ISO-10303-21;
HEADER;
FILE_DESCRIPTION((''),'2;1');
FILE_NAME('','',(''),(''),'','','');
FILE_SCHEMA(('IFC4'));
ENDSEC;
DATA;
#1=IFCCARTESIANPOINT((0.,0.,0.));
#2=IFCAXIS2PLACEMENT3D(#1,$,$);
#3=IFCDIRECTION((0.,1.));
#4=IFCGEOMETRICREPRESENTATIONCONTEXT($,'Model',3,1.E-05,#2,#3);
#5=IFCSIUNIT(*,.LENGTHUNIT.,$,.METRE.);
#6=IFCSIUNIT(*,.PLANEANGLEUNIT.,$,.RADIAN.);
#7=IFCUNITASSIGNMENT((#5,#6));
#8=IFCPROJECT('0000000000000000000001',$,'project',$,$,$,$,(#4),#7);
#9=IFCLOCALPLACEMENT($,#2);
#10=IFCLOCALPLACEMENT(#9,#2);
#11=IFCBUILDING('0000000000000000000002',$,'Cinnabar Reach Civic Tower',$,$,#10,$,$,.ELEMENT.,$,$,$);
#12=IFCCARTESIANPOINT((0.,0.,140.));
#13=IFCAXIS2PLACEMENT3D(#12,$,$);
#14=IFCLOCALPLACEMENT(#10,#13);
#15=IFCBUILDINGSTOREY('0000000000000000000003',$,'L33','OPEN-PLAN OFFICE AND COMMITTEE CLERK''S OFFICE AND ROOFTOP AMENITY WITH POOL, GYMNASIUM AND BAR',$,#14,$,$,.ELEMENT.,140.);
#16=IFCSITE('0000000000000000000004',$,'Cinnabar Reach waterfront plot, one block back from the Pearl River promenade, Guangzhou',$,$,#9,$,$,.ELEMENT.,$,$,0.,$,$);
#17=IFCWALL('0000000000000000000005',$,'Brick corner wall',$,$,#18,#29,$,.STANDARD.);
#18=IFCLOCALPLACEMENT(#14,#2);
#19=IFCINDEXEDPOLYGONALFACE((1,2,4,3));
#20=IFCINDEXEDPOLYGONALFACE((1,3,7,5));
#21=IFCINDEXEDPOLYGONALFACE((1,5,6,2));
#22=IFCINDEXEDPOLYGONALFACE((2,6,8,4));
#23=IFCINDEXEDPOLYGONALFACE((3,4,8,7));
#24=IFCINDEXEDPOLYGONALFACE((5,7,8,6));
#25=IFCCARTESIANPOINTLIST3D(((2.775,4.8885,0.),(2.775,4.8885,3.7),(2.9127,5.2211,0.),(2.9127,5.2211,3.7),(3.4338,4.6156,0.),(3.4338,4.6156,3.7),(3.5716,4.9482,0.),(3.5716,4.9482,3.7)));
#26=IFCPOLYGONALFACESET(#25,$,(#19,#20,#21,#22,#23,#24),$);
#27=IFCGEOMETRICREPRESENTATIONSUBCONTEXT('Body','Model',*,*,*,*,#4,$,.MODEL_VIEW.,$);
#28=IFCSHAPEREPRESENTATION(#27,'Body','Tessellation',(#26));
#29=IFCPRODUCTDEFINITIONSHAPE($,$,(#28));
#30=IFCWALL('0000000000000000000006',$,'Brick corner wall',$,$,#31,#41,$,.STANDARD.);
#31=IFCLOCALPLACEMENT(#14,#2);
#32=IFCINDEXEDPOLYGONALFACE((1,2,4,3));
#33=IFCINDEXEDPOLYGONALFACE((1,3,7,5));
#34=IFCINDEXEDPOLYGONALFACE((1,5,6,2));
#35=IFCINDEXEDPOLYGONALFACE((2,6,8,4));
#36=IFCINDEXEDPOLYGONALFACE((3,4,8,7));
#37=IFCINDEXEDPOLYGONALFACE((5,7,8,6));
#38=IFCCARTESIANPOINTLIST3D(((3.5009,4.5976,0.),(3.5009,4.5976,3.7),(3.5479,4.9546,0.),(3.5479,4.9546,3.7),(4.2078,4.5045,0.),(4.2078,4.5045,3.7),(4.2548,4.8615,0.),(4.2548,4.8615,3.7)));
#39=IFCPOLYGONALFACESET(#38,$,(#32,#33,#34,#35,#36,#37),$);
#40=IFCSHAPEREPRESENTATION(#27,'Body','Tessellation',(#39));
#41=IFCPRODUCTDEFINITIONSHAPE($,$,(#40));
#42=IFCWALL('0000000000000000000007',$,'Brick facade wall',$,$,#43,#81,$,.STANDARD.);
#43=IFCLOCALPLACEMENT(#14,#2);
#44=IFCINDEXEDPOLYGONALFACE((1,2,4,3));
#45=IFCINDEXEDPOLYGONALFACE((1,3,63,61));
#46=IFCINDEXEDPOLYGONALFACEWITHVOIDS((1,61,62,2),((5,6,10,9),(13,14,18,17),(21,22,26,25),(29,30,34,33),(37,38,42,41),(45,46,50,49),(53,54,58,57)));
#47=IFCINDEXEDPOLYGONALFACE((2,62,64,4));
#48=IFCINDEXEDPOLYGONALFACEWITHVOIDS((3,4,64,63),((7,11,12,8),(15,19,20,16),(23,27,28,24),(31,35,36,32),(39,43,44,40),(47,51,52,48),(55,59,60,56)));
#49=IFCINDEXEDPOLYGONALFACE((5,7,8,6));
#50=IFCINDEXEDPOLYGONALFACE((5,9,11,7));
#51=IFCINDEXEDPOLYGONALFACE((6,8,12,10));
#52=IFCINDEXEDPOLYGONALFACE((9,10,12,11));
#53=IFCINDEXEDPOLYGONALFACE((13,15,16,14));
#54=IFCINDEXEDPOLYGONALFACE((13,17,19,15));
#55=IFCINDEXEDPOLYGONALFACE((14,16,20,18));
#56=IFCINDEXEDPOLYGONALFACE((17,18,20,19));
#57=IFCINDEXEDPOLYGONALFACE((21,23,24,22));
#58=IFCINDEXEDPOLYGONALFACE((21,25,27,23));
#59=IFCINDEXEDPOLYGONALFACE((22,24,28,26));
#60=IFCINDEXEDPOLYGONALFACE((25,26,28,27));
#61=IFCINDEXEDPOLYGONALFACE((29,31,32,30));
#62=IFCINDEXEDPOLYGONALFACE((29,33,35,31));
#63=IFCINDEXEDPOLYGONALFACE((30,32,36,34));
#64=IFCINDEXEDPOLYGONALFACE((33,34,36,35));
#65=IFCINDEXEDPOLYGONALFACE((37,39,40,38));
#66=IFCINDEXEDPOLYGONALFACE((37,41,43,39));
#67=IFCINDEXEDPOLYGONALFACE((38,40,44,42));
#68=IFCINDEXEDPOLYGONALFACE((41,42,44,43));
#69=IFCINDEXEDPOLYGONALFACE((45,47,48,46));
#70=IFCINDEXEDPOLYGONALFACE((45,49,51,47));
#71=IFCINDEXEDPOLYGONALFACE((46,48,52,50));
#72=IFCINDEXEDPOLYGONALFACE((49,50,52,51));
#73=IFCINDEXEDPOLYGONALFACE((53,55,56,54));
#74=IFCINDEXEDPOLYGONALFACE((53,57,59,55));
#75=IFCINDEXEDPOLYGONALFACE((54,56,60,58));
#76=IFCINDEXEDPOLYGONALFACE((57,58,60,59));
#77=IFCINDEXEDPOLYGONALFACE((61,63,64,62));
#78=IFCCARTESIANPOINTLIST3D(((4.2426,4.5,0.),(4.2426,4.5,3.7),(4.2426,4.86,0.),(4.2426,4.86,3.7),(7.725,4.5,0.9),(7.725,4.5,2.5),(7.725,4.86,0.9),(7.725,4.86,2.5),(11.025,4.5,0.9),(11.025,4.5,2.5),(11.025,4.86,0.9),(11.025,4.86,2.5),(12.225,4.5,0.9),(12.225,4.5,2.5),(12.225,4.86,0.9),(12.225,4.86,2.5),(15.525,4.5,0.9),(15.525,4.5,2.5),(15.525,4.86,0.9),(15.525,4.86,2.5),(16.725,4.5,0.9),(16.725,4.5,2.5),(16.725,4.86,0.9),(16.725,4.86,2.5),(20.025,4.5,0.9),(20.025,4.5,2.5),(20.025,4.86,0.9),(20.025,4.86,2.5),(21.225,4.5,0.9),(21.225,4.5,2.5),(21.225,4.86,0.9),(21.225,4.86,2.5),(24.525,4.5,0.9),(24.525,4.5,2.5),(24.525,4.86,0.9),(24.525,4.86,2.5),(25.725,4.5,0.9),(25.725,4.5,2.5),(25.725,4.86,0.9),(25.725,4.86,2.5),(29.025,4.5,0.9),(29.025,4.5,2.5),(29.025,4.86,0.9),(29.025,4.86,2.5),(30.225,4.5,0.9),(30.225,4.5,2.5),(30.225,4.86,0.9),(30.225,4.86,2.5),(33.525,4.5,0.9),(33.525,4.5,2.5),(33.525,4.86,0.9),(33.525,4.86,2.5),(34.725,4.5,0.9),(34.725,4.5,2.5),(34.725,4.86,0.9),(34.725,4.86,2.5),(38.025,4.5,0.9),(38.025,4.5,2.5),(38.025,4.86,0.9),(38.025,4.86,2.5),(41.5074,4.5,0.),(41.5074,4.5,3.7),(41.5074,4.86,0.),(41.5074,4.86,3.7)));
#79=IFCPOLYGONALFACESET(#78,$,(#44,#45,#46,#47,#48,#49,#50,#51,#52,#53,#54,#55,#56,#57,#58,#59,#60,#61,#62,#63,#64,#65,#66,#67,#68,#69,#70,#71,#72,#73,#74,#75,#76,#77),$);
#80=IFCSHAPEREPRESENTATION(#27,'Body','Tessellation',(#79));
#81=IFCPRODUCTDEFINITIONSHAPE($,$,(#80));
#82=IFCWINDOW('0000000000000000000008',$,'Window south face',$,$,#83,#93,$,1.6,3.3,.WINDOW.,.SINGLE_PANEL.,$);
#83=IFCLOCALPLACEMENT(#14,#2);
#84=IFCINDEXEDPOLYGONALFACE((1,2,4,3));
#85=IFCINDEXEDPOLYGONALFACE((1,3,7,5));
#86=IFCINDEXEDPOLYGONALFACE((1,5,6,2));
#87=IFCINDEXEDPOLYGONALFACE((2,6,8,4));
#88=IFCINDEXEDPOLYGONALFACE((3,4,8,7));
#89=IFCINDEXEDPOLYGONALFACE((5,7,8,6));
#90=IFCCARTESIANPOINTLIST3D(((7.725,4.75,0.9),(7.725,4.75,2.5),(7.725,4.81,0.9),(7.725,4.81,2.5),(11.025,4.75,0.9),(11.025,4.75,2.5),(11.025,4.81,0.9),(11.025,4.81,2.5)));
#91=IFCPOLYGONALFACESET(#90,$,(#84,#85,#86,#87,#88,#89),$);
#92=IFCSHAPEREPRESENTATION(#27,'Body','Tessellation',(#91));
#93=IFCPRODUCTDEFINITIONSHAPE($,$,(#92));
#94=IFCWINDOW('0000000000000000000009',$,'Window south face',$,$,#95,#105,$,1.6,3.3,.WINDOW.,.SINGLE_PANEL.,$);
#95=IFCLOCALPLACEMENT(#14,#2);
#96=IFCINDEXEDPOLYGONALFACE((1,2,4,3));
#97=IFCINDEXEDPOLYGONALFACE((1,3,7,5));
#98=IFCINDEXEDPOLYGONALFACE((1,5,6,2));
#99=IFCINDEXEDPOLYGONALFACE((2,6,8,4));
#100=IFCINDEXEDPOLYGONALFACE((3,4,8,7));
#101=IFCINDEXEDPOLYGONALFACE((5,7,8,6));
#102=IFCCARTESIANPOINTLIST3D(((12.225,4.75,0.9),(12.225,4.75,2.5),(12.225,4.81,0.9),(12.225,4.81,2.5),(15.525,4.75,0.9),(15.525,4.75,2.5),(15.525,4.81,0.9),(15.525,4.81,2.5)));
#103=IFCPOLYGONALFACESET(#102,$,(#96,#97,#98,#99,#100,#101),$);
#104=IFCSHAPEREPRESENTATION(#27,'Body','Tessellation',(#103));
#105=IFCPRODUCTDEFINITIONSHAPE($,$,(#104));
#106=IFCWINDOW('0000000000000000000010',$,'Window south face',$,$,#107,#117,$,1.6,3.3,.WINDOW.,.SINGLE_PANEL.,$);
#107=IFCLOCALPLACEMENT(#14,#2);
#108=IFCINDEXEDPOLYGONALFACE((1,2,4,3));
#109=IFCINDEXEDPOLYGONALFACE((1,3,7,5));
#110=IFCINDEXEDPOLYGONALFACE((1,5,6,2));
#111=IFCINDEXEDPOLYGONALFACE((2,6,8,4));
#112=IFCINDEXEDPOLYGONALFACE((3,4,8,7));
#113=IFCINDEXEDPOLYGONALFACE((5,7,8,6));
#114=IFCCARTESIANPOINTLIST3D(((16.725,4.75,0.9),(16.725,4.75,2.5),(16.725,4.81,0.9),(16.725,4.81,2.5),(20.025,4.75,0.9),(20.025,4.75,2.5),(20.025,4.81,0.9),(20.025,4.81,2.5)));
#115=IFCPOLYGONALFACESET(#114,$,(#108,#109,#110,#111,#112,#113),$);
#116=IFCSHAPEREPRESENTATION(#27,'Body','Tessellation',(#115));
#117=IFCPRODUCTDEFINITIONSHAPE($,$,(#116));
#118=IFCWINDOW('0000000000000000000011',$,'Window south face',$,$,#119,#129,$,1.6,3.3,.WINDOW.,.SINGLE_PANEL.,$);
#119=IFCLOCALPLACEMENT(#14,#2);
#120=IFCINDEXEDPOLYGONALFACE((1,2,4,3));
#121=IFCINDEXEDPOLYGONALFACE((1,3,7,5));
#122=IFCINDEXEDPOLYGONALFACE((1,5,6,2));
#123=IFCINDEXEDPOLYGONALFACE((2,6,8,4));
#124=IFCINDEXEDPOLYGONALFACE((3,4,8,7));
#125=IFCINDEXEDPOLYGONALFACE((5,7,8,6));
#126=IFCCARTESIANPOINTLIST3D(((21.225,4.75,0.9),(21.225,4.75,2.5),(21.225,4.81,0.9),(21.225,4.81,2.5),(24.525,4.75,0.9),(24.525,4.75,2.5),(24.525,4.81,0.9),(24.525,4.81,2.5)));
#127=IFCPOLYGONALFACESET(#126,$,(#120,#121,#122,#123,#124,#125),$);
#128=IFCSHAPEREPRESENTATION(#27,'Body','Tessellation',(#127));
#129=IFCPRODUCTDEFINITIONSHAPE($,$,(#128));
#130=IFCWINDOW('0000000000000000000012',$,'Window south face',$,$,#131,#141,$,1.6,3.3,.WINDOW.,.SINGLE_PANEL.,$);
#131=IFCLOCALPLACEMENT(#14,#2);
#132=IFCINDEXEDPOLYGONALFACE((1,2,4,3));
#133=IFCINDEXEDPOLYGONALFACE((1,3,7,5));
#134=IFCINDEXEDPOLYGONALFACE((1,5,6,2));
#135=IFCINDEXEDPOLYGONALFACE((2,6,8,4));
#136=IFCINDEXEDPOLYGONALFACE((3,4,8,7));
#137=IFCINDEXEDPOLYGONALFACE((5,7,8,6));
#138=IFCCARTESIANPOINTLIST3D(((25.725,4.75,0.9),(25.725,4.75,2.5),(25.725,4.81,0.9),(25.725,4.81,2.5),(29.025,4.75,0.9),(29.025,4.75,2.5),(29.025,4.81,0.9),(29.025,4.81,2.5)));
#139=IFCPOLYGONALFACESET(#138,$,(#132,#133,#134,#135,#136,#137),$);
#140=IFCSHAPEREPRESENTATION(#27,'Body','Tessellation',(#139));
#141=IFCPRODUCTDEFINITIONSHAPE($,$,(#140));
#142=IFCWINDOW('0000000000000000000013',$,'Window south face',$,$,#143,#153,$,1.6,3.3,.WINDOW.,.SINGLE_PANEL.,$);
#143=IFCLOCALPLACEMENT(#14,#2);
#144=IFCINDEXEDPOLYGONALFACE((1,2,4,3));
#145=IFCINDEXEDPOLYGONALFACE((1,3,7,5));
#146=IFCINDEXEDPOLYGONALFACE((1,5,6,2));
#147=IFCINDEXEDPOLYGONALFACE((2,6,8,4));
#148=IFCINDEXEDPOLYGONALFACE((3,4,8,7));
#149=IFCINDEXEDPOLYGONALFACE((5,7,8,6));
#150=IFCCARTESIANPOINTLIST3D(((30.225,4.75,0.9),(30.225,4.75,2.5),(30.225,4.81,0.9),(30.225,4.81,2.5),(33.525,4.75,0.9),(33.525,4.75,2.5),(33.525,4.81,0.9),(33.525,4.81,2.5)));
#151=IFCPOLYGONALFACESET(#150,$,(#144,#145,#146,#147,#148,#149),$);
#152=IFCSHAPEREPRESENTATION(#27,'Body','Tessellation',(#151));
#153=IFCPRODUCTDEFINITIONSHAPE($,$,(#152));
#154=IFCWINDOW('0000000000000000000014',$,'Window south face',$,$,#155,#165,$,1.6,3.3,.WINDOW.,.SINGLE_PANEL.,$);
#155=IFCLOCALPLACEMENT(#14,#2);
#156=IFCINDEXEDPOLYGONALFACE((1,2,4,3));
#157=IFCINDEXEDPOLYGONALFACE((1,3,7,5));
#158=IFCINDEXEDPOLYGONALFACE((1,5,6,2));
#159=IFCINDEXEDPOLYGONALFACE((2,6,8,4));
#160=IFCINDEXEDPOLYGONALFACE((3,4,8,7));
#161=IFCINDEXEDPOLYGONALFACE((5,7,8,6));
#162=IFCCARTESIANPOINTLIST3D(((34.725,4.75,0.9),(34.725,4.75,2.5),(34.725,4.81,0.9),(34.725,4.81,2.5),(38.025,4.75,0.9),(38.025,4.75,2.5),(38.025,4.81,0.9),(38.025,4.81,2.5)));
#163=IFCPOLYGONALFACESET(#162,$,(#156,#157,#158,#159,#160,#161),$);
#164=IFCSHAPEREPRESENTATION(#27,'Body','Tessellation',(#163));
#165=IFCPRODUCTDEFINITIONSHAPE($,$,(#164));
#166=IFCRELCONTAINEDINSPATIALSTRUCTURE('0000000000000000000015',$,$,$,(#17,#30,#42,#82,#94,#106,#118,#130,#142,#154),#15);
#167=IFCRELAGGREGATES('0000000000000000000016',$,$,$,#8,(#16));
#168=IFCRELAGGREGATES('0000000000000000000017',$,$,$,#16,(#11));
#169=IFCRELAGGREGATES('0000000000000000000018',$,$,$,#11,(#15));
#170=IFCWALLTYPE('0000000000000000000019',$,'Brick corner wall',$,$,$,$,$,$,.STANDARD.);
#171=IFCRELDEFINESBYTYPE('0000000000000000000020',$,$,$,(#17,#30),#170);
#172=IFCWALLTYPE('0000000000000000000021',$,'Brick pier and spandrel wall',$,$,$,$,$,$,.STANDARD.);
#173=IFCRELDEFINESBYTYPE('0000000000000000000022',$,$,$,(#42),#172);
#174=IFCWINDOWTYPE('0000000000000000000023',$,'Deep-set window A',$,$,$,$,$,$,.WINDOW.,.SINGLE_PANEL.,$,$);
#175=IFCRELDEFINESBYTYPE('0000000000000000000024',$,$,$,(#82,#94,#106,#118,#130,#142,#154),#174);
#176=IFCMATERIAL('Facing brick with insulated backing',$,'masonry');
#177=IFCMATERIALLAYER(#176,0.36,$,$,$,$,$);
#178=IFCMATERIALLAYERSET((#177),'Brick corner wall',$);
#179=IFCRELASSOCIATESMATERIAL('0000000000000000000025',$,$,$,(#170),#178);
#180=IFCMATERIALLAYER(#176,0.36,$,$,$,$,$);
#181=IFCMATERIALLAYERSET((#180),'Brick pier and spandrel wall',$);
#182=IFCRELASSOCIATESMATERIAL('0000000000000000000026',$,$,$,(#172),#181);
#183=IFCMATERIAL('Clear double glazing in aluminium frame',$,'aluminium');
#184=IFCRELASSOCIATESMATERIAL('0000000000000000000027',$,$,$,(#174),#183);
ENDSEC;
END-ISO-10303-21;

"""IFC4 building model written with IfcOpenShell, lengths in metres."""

from ifc_helpers import new_model, si_unit, direction, frame, frame_2d, origin, place, context, subcontext, project, spatial, rectangle, extrude, material, layer, layer_set, type_object, element, fill, save


model = new_model("IFC4")

# Units and contexts
model_context = context("Model", 3, precision=1e-05, world=origin(), true_north=direction((0.0, 1.0)))
body_context = subcontext(model_context, "Body", "Model", "MODEL_VIEW")
ifc_project = project(units=[si_unit("LENGTHUNIT", "METRE"), si_unit("PLANEANGLEUNIT", "RADIAN")], contexts=[model_context])

# Site, building, storey
site_placement = place(None, origin())
site = spatial("IfcSite", under=ifc_project, at=site_placement, Name="Cinnabar Reach waterfront plot, one block back from the Pearl River promenade, Guangzhou", CompositionType="ELEMENT", RefElevation=0.0)
building_placement = place(site_placement, origin())
building = spatial("IfcBuilding", under=site, at=building_placement, Name="Cinnabar Reach Civic Tower", CompositionType="ELEMENT")
storey_placement = place(building_placement, frame((0.0, 0.0, 140.0)))
storey = spatial("IfcBuildingStorey", under=building, at=storey_placement, Name="L33", Description="OPEN-PLAN OFFICE AND COMMITTEE CLERK'S OFFICE AND ROOFTOP AMENITY WITH POOL, GYMNASIUM AND BAR", CompositionType="ELEMENT", Elevation=140.0)

# Walls
ifc_material_1 = material(Name="Facing brick with insulated backing", Category="masonry")
ifc_layer_1 = layer(ifc_material_1, 0.36)
ifc_layer_set_1 = layer_set([ifc_layer_1], Name="Brick corner wall")
wall_type_1 = type_object("IfcWallType", Name="Brick corner wall", PredefinedType="STANDARD", material=ifc_layer_set_1)
for number, where, z_axis, x_axis, name in (
    (1, (2.8439, 5.0548, 0.0), (0.0, 0.0, 1.0), (0.923872, -0.382703, 0.0), "Brick corner wall"),
    (2, (3.5244, 4.7761, 0.0), (0.0, 0.0, 1.0), (0.991441, -0.130556, 0.0), "Brick corner wall"),
):
    element("IfcWall", number, at=place(storey_placement, frame(where, z_axis=z_axis, x_axis=x_axis)), inside=storey, type_object=wall_type_1, Name=name, PredefinedType="STANDARD", context=body_context, shape_type="SweptSolid", body=[
        extrude(rectangle(XDim=0.7131, YDim=0.36, at=frame_2d((0.3565, 0.0))), origin(), (0.0, 0.0, 1.0), 3.7),
    ])

# Wall, openings, windows
ifc_layer_2 = layer(ifc_material_1, 0.36)
ifc_layer_set_2 = layer_set([ifc_layer_2], Name="Brick pier and spandrel wall")
wall_type_2 = type_object("IfcWallType", Name="Brick pier and spandrel wall", PredefinedType="STANDARD", material=ifc_layer_set_2)
wall_placement = place(storey_placement, frame((4.2426, 4.68, 0.0), z_axis=(0.0, 0.0, 1.0), x_axis=(1.0, 0.0, 0.0)))
wall = element("IfcWall", 3, at=wall_placement, inside=storey, type_object=wall_type_2, Name="Brick facade wall", PredefinedType="STANDARD", context=body_context, shape_type="SweptSolid", body=[
    extrude(rectangle(XDim=37.2648, YDim=0.36, at=frame_2d((18.6324, 0.0))), origin(), (0.0, 0.0, 1.0), 3.7),
])
opening_1_placement = place(wall_placement, frame((3.4824, 0.0, 0.9)))
opening_1 = element("IfcOpeningElement", 4, at=opening_1_placement, cuts=wall, PredefinedType="OPENING", context=body_context, shape_type="SweptSolid", body=[
    extrude(rectangle(XDim=3.3, YDim=1.6, at=frame_2d((1.65, 0.8))), frame((0.0, 0.19, 0.0), z_axis=(0.0, -1.0, 0.0), x_axis=(1.0, 0.0, 0.0)), (0.0, 0.0, 1.0), 0.38),
])
opening_2_placement = place(wall_placement, frame((7.9824, 0.0, 0.9)))
opening_2 = element("IfcOpeningElement", 5, at=opening_2_placement, cuts=wall, PredefinedType="OPENING", context=body_context, shape_type="SweptSolid", body=[
    extrude(rectangle(XDim=3.3, YDim=1.6, at=frame_2d((1.65, 0.8))), frame((0.0, 0.19, 0.0), z_axis=(0.0, -1.0, 0.0), x_axis=(1.0, 0.0, 0.0)), (0.0, 0.0, 1.0), 0.38),
])
opening_3_placement = place(wall_placement, frame((12.4824, 0.0, 0.9)))
opening_3 = element("IfcOpeningElement", 6, at=opening_3_placement, cuts=wall, PredefinedType="OPENING", context=body_context, shape_type="SweptSolid", body=[
    extrude(rectangle(XDim=3.3, YDim=1.6, at=frame_2d((1.65, 0.8))), frame((0.0, 0.19, 0.0), z_axis=(0.0, -1.0, 0.0), x_axis=(1.0, 0.0, 0.0)), (0.0, 0.0, 1.0), 0.38),
])
opening_4_placement = place(wall_placement, frame((16.9824, 0.0, 0.9)))
opening_4 = element("IfcOpeningElement", 7, at=opening_4_placement, cuts=wall, PredefinedType="OPENING", context=body_context, shape_type="SweptSolid", body=[
    extrude(rectangle(XDim=3.3, YDim=1.6, at=frame_2d((1.65, 0.8))), frame((0.0, 0.19, 0.0), z_axis=(0.0, -1.0, 0.0), x_axis=(1.0, 0.0, 0.0)), (0.0, 0.0, 1.0), 0.38),
])
opening_5_placement = place(wall_placement, frame((21.4824, 0.0, 0.9)))
opening_5 = element("IfcOpeningElement", 8, at=opening_5_placement, cuts=wall, PredefinedType="OPENING", context=body_context, shape_type="SweptSolid", body=[
    extrude(rectangle(XDim=3.3, YDim=1.6, at=frame_2d((1.65, 0.8))), frame((0.0, 0.19, 0.0), z_axis=(0.0, -1.0, 0.0), x_axis=(1.0, 0.0, 0.0)), (0.0, 0.0, 1.0), 0.38),
])
opening_6_placement = place(wall_placement, frame((25.9824, 0.0, 0.9)))
opening_6 = element("IfcOpeningElement", 9, at=opening_6_placement, cuts=wall, PredefinedType="OPENING", context=body_context, shape_type="SweptSolid", body=[
    extrude(rectangle(XDim=3.3, YDim=1.6, at=frame_2d((1.65, 0.8))), frame((0.0, 0.19, 0.0), z_axis=(0.0, -1.0, 0.0), x_axis=(1.0, 0.0, 0.0)), (0.0, 0.0, 1.0), 0.38),
])
opening_7_placement = place(wall_placement, frame((30.4824, 0.0, 0.9)))
opening_7 = element("IfcOpeningElement", 10, at=opening_7_placement, cuts=wall, PredefinedType="OPENING", context=body_context, shape_type="SweptSolid", body=[
    extrude(rectangle(XDim=3.3, YDim=1.6, at=frame_2d((1.65, 0.8))), frame((0.0, 0.19, 0.0), z_axis=(0.0, -1.0, 0.0), x_axis=(1.0, 0.0, 0.0)), (0.0, 0.0, 1.0), 0.38),
])
ifc_material_2 = material(Name="Clear double glazing in aluminium frame", Category="aluminium")
window_type = type_object("IfcWindowType", Name="Deep-set window A", PartitioningType="SINGLE_PANEL", PredefinedType="WINDOW", material=ifc_material_2)
window_1_placement = place(opening_1_placement, origin())
window_1 = element("IfcWindow", 11, at=window_1_placement, inside=storey, type_object=window_type, Name="Window south face", OverallHeight=1.6, OverallWidth=3.3, PartitioningType="SINGLE_PANEL", PredefinedType="WINDOW", context=body_context, shape_type="SweptSolid", body=[
    extrude(rectangle(XDim=3.3, YDim=1.6, at=frame_2d((1.65, 0.8))), frame((0.0, 0.13, 0.0), z_axis=(0.0, -1.0, 0.0), x_axis=(1.0, 0.0, 0.0)), (0.0, 0.0, 1.0), 0.06),
])
fill(opening_1, window_1)
window_2_placement = place(opening_2_placement, origin())
window_2 = element("IfcWindow", 12, at=window_2_placement, inside=storey, type_object=window_type, Name="Window south face", OverallHeight=1.6, OverallWidth=3.3, PartitioningType="SINGLE_PANEL", PredefinedType="WINDOW", context=body_context, shape_type="SweptSolid", body=[
    extrude(rectangle(XDim=3.3, YDim=1.6, at=frame_2d((1.65, 0.8))), frame((0.0, 0.13, 0.0), z_axis=(0.0, -1.0, 0.0), x_axis=(1.0, 0.0, 0.0)), (0.0, 0.0, 1.0), 0.06),
])
fill(opening_2, window_2)
window_3_placement = place(opening_3_placement, origin())
window_3 = element("IfcWindow", 13, at=window_3_placement, inside=storey, type_object=window_type, Name="Window south face", OverallHeight=1.6, OverallWidth=3.3, PartitioningType="SINGLE_PANEL", PredefinedType="WINDOW", context=body_context, shape_type="SweptSolid", body=[
    extrude(rectangle(XDim=3.3, YDim=1.6, at=frame_2d((1.65, 0.8))), frame((0.0, 0.13, 0.0), z_axis=(0.0, -1.0, 0.0), x_axis=(1.0, 0.0, 0.0)), (0.0, 0.0, 1.0), 0.06),
])
fill(opening_3, window_3)
window_4_placement = place(opening_4_placement, origin())
window_4 = element("IfcWindow", 14, at=window_4_placement, inside=storey, type_object=window_type, Name="Window south face", OverallHeight=1.6, OverallWidth=3.3, PartitioningType="SINGLE_PANEL", PredefinedType="WINDOW", context=body_context, shape_type="SweptSolid", body=[
    extrude(rectangle(XDim=3.3, YDim=1.6, at=frame_2d((1.65, 0.8))), frame((0.0, 0.13, 0.0), z_axis=(0.0, -1.0, 0.0), x_axis=(1.0, 0.0, 0.0)), (0.0, 0.0, 1.0), 0.06),
])
fill(opening_4, window_4)
window_5_placement = place(opening_5_placement, origin())
window_5 = element("IfcWindow", 15, at=window_5_placement, inside=storey, type_object=window_type, Name="Window south face", OverallHeight=1.6, OverallWidth=3.3, PartitioningType="SINGLE_PANEL", PredefinedType="WINDOW", context=body_context, shape_type="SweptSolid", body=[
    extrude(rectangle(XDim=3.3, YDim=1.6, at=frame_2d((1.65, 0.8))), frame((0.0, 0.13, 0.0), z_axis=(0.0, -1.0, 0.0), x_axis=(1.0, 0.0, 0.0)), (0.0, 0.0, 1.0), 0.06),
])
fill(opening_5, window_5)
window_6_placement = place(opening_6_placement, origin())
window_6 = element("IfcWindow", 16, at=window_6_placement, inside=storey, type_object=window_type, Name="Window south face", OverallHeight=1.6, OverallWidth=3.3, PartitioningType="SINGLE_PANEL", PredefinedType="WINDOW", context=body_context, shape_type="SweptSolid", body=[
    extrude(rectangle(XDim=3.3, YDim=1.6, at=frame_2d((1.65, 0.8))), frame((0.0, 0.13, 0.0), z_axis=(0.0, -1.0, 0.0), x_axis=(1.0, 0.0, 0.0)), (0.0, 0.0, 1.0), 0.06),
])
fill(opening_6, window_6)
window_7_placement = place(opening_7_placement, origin())
window_7 = element("IfcWindow", 17, at=window_7_placement, inside=storey, type_object=window_type, Name="Window south face", OverallHeight=1.6, OverallWidth=3.3, PartitioningType="SINGLE_PANEL", PredefinedType="WINDOW", context=body_context, shape_type="SweptSolid", body=[
    extrude(rectangle(XDim=3.3, YDim=1.6, at=frame_2d((1.65, 0.8))), frame((0.0, 0.13, 0.0), z_axis=(0.0, -1.0, 0.0), x_axis=(1.0, 0.0, 0.0)), (0.0, 0.0, 1.0), 0.06),
])
fill(opening_7, window_7)

save(model, "model.ifc")
